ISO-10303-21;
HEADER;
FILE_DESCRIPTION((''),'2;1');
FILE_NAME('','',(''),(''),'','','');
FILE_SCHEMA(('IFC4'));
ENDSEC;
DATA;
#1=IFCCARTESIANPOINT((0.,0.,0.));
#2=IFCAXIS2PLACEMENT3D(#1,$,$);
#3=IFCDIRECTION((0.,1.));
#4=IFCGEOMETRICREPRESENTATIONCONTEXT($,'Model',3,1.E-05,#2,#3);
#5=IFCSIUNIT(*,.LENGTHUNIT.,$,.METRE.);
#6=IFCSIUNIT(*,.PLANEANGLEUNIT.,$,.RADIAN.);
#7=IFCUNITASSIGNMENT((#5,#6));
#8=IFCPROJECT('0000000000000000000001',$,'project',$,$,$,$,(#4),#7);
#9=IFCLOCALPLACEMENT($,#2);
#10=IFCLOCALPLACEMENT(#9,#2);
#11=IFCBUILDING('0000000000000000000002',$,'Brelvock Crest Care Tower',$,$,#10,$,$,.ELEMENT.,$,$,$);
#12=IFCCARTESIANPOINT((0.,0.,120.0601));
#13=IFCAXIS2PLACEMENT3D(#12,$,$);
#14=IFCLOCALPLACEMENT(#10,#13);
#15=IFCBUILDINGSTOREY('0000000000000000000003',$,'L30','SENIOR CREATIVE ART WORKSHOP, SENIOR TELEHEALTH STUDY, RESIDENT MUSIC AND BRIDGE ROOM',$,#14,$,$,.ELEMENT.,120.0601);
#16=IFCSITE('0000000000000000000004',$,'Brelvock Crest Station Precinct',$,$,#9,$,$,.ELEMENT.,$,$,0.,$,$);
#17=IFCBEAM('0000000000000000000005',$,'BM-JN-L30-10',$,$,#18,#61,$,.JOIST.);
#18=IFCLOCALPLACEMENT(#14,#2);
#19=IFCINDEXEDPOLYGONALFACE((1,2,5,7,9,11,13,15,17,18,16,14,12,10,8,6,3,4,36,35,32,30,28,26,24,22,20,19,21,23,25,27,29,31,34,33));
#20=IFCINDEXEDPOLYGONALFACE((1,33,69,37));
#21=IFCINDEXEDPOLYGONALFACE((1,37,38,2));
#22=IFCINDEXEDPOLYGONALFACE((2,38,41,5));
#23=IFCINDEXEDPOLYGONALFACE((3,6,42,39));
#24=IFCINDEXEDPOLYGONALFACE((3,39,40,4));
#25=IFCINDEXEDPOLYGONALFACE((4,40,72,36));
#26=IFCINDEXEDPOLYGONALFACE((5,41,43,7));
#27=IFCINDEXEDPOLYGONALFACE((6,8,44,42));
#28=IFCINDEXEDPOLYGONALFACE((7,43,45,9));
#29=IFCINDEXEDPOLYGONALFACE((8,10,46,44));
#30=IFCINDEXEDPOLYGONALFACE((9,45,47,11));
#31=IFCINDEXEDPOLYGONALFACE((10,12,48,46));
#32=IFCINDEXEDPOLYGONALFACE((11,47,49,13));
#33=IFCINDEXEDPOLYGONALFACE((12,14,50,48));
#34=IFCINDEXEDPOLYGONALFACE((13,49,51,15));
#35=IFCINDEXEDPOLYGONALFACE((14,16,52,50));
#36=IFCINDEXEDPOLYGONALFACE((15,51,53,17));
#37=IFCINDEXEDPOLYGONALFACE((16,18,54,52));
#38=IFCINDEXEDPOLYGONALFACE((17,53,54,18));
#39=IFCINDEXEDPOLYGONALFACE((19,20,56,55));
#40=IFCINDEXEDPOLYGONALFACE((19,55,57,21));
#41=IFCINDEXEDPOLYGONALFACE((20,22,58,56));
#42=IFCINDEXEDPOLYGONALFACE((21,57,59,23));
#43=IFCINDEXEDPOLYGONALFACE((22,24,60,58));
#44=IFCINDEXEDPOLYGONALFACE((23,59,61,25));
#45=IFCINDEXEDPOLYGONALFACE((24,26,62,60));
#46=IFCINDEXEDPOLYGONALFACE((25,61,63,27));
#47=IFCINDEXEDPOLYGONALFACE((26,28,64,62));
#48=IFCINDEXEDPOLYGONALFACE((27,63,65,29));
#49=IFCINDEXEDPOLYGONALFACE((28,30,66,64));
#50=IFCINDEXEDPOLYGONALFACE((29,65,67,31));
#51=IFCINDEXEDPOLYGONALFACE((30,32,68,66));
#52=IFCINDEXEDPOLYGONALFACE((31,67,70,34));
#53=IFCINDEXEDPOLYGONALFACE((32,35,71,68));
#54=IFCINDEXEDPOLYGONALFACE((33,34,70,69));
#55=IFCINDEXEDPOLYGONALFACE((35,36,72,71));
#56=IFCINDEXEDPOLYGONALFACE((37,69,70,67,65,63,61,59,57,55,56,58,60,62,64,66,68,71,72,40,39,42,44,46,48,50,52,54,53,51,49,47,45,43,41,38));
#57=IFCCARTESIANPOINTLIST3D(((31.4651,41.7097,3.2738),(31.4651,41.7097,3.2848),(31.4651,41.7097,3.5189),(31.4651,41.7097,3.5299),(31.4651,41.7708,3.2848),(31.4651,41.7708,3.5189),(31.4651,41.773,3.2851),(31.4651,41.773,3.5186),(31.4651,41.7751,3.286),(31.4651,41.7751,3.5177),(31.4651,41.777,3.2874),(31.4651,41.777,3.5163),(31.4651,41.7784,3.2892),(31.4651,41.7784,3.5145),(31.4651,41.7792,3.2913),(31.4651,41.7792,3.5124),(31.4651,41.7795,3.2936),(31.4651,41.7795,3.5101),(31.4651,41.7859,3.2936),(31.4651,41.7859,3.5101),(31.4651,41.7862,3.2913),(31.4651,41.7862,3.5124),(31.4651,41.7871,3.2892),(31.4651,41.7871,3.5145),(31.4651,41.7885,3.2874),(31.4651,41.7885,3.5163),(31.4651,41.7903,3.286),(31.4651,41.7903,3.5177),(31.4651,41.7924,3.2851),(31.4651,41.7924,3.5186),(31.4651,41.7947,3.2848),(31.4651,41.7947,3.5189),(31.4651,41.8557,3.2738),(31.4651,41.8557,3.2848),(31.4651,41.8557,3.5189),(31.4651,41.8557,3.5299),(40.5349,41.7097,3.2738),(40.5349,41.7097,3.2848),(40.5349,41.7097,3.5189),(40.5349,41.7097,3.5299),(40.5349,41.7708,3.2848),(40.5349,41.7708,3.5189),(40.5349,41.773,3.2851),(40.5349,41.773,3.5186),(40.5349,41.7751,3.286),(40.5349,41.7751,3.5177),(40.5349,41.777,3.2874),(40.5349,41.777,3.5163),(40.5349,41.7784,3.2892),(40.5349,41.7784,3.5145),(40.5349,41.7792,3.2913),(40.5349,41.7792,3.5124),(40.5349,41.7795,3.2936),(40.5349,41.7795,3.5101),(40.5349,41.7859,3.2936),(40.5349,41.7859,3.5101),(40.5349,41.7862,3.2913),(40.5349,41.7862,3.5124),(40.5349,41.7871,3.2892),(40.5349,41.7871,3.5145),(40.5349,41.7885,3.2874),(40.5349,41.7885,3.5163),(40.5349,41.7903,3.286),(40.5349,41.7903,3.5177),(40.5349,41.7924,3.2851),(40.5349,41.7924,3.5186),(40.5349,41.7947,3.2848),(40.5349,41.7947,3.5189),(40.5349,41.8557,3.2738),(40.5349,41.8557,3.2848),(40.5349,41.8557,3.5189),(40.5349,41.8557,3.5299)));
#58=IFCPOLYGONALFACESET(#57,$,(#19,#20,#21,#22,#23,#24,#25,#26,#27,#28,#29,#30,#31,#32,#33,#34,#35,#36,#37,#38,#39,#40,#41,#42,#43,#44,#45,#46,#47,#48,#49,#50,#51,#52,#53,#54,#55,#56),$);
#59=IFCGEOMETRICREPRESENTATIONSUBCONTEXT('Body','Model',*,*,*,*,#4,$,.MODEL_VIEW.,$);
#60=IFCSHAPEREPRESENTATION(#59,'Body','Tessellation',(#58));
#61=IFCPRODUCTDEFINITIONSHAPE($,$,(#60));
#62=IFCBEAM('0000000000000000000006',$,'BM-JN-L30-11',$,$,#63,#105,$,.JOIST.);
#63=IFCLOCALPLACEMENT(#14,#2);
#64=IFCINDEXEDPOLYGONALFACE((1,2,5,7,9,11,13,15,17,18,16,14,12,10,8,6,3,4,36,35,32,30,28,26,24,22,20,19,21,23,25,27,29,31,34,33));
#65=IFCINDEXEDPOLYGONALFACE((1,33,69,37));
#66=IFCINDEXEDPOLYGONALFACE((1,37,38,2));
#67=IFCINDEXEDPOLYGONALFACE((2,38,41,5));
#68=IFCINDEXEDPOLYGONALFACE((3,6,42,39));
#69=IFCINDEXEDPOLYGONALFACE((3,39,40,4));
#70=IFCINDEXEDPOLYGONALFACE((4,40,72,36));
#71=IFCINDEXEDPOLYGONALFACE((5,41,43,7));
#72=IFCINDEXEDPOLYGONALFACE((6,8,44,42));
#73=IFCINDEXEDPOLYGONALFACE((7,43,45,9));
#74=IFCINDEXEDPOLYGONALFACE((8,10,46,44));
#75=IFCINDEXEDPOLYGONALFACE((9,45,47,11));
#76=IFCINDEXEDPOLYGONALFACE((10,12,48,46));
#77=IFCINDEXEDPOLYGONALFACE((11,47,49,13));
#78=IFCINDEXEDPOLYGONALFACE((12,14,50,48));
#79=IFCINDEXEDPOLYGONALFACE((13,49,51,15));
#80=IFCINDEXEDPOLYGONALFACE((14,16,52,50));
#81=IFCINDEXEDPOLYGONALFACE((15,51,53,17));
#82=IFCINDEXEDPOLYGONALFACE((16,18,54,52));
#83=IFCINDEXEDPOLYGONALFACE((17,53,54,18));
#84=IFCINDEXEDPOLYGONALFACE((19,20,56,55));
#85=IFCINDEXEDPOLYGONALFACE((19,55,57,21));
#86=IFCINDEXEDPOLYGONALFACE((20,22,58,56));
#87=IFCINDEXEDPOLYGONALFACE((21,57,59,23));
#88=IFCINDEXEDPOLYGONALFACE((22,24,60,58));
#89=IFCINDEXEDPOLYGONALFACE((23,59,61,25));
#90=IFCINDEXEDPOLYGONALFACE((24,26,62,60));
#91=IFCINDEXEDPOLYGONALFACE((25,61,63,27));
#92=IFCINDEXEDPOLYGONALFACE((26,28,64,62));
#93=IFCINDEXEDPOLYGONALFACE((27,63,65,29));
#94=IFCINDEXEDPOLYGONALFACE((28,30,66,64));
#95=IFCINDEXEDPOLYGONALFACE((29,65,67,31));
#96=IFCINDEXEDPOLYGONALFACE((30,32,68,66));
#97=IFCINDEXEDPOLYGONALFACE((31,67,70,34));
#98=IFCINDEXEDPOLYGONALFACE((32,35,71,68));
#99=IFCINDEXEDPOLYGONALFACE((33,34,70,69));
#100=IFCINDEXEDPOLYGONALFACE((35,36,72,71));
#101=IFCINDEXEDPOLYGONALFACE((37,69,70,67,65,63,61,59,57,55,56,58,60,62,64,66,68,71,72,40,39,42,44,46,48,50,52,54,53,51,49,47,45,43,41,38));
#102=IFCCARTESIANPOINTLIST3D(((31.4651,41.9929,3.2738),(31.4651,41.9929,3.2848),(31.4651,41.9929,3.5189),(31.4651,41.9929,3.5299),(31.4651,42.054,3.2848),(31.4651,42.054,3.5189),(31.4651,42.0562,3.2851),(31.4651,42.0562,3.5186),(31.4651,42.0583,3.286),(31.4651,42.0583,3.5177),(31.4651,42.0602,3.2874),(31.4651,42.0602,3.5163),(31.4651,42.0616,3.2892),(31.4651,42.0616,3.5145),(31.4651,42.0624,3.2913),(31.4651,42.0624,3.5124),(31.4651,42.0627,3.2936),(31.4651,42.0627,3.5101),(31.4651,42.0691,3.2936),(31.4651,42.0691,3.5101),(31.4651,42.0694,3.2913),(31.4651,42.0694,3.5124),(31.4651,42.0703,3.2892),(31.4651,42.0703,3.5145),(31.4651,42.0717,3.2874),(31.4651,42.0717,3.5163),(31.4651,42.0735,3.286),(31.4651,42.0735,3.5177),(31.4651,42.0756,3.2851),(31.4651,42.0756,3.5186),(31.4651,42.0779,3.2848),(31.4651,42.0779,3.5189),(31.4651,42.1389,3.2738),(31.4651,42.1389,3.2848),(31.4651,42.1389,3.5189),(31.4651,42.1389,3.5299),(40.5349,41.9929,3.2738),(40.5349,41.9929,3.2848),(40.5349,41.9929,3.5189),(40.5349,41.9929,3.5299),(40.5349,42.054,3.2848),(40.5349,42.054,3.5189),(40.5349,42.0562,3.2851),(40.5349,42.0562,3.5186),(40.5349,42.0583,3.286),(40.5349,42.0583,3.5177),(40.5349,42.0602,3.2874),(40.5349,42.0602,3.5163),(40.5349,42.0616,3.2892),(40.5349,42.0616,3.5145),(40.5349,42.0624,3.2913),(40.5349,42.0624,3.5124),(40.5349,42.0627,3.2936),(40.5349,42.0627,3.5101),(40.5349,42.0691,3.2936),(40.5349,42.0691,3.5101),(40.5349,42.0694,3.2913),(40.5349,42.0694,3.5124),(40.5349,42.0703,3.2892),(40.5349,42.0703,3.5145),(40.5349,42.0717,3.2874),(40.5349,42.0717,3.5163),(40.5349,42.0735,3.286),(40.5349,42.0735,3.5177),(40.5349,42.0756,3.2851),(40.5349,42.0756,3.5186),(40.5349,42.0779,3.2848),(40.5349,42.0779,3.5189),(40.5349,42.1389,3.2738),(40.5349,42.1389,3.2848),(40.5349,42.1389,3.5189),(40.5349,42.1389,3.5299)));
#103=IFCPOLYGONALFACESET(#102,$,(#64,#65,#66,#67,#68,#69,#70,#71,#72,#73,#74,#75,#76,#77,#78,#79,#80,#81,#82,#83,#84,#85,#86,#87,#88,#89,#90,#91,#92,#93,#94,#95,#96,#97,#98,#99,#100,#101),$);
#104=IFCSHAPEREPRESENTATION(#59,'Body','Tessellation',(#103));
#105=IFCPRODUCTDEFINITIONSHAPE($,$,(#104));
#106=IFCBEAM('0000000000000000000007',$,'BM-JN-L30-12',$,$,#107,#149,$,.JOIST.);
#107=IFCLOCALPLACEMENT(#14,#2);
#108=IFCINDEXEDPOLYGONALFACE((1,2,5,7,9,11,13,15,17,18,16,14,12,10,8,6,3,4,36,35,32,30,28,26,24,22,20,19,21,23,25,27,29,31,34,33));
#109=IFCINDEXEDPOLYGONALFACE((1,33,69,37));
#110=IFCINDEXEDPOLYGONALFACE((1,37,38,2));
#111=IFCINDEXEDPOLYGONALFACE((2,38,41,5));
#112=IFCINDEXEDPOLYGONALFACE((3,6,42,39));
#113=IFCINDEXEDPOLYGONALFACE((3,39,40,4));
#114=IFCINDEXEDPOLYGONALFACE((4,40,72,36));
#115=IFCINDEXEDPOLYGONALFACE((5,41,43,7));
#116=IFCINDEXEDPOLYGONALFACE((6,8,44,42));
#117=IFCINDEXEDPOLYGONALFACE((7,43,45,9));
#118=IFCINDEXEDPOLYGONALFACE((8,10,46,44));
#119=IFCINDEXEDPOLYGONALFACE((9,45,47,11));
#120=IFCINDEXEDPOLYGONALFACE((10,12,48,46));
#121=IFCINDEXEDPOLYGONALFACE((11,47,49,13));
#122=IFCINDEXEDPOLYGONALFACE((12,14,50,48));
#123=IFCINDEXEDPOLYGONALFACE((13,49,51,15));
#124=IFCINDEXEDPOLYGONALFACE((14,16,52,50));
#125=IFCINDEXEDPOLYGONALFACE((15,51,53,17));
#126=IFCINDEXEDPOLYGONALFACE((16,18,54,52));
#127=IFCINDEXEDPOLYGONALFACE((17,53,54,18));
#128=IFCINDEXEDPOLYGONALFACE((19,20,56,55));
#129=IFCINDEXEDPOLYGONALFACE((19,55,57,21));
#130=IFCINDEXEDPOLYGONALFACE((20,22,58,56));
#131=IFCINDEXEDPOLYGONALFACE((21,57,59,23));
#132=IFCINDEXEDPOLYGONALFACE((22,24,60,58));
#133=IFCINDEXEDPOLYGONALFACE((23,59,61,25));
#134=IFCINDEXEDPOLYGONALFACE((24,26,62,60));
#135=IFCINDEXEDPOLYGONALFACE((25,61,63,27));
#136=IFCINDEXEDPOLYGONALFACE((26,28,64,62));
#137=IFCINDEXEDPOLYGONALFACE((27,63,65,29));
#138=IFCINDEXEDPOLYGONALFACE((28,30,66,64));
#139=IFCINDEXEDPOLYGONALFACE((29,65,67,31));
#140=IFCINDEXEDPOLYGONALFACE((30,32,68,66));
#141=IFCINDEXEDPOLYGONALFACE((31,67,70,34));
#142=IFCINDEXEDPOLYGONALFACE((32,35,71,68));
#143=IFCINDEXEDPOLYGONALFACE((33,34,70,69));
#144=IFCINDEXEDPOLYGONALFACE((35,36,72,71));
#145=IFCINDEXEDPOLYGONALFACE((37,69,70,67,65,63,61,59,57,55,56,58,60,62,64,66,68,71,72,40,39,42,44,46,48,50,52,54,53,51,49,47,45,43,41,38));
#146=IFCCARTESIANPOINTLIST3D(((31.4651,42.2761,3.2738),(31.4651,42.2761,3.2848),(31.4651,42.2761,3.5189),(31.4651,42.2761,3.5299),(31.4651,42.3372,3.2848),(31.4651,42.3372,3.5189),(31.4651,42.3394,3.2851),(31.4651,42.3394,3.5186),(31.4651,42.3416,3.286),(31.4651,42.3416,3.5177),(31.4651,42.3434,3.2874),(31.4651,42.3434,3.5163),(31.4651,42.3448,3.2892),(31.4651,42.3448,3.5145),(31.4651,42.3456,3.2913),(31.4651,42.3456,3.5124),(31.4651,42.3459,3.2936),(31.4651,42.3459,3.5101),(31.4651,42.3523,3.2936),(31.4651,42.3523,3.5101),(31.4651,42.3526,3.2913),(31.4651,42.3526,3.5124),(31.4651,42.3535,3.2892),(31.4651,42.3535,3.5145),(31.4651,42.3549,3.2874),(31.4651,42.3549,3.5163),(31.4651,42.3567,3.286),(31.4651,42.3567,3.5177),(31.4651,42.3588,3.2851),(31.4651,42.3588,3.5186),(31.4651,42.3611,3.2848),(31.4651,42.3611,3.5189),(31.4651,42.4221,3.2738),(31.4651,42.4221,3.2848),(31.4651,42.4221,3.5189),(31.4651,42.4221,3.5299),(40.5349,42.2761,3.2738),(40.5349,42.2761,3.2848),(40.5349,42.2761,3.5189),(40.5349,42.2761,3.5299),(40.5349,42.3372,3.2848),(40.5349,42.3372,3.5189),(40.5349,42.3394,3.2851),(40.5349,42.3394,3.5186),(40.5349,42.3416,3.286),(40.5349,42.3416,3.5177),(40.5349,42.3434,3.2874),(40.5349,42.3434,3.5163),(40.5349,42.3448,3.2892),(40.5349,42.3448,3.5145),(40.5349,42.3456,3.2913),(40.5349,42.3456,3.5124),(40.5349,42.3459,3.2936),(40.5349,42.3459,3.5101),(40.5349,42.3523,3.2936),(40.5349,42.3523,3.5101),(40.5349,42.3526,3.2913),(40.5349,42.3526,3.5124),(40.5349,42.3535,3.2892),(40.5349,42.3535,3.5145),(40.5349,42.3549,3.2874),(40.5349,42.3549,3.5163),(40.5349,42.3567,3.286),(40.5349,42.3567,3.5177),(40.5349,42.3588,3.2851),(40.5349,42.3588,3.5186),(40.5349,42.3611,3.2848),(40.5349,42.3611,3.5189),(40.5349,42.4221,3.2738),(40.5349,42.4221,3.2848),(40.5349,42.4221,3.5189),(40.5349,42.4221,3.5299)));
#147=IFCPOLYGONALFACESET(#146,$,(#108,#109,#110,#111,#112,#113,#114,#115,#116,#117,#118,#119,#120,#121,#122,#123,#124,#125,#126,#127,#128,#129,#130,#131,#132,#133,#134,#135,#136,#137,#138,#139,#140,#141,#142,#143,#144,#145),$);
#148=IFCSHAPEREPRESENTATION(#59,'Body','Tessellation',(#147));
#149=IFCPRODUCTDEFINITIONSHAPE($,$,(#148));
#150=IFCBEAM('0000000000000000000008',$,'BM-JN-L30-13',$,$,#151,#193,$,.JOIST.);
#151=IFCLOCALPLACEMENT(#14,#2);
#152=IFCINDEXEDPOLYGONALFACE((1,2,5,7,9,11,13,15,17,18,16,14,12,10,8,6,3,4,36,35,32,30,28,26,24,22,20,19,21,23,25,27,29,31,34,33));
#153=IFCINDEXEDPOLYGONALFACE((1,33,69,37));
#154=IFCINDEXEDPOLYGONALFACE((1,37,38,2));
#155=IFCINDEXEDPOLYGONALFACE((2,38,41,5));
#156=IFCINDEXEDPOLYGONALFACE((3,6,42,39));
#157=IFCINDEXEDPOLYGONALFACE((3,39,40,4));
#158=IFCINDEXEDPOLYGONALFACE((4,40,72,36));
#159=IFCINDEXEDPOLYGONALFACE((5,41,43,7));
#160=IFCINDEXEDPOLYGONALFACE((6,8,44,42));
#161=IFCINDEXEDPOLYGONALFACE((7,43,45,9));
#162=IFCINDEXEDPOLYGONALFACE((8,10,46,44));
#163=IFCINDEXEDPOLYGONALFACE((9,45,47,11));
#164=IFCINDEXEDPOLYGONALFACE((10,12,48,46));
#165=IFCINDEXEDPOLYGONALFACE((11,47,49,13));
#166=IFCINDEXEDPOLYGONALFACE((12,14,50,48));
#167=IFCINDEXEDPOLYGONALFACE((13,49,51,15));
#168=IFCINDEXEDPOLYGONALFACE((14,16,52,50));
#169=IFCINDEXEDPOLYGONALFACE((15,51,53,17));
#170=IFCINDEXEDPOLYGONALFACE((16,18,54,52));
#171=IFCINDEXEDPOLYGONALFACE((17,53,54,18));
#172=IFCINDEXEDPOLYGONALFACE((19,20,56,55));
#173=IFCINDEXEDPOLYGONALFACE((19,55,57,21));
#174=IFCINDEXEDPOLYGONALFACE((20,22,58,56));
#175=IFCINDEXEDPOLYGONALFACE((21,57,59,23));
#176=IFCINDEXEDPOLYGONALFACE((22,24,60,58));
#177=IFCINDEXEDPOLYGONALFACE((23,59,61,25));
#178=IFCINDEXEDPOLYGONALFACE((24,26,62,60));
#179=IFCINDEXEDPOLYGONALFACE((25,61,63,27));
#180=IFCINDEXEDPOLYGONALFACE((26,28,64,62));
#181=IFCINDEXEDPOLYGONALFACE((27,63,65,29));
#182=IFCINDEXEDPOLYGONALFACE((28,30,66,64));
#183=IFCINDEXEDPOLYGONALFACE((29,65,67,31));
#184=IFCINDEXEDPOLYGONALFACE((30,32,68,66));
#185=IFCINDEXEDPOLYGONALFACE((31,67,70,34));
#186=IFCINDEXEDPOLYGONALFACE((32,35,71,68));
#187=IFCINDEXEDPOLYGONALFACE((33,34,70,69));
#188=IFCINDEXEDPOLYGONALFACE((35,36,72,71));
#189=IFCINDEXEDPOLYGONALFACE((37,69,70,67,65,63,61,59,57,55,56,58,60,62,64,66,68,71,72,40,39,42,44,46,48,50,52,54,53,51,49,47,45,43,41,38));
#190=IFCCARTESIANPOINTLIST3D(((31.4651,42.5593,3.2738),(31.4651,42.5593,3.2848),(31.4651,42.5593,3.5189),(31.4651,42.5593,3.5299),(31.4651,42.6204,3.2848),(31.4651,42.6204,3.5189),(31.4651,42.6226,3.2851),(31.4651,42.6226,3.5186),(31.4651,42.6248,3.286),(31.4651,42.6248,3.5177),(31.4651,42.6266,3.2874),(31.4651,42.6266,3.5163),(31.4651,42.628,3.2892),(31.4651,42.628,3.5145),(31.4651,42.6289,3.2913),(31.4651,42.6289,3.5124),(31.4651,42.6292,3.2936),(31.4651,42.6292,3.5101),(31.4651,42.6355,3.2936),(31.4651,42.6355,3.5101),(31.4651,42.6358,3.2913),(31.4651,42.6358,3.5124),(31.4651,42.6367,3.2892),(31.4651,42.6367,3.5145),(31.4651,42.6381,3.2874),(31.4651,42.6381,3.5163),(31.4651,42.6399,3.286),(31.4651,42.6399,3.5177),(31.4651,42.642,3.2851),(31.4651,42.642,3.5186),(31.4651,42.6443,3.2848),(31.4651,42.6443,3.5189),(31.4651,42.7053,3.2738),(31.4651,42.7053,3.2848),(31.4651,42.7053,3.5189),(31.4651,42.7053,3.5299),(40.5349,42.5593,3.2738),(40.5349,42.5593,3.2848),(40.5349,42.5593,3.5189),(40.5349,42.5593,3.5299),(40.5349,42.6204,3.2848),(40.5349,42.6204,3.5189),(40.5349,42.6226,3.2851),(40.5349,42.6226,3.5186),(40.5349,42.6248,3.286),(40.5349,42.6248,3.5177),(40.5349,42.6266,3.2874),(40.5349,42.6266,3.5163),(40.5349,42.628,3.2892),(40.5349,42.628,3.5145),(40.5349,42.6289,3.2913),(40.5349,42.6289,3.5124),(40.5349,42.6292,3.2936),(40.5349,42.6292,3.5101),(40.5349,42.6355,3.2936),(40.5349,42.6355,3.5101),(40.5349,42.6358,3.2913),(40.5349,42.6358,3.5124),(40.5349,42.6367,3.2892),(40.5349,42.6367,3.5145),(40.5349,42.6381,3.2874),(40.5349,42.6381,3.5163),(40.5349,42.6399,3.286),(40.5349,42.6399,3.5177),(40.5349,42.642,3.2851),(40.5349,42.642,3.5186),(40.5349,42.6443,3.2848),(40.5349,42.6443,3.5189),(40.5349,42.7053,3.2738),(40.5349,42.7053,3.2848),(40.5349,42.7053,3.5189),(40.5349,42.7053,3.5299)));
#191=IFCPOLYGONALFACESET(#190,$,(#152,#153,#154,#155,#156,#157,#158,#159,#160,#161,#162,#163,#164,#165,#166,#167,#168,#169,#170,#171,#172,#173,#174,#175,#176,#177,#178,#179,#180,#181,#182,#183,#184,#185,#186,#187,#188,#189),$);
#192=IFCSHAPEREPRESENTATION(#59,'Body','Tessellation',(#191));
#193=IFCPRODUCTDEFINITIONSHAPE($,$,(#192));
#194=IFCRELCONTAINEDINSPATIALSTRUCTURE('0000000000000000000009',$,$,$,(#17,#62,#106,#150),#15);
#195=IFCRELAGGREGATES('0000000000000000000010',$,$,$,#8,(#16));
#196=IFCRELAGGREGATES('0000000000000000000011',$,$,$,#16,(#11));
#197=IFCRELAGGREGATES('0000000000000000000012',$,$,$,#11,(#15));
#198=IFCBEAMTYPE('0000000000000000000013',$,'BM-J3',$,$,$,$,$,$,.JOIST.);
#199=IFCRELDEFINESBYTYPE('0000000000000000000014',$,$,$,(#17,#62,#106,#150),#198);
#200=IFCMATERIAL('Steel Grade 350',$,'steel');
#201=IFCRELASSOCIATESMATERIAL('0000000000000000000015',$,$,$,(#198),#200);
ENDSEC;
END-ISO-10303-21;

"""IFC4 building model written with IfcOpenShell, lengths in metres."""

from ifc_helpers import new_model, si_unit, direction, frame, origin, origin_2d, place, context, subcontext, project, spatial, i_section, extrude, source, transform, mapped, material, material_profile, profile_set, type_object, element, save


model = new_model("IFC4")

# Units and contexts
model_context = context("Model", 3, precision=1e-05, world=origin(), true_north=direction((0.0, 1.0)))
body_context = subcontext(model_context, "Body", "Model", "MODEL_VIEW")
ifc_project = project(units=[si_unit("LENGTHUNIT", "METRE"), si_unit("PLANEANGLEUNIT", "RADIAN")], contexts=[model_context])

# Site, building, storey
site_placement = place(None, origin())
site = spatial("IfcSite", under=ifc_project, at=site_placement, Name="Brelvock Crest Station Precinct", CompositionType="ELEMENT", RefElevation=0.0)
building_placement = place(site_placement, origin())
building = spatial("IfcBuilding", under=site, at=building_placement, Name="Brelvock Crest Care Tower", CompositionType="ELEMENT")
storey_placement = place(building_placement, frame((0.0, 0.0, 120.0601)))
storey = spatial("IfcBuildingStorey", under=building, at=storey_placement, Name="L30", Description="SENIOR CREATIVE ART WORKSHOP, SENIOR TELEHEALTH STUDY, RESIDENT MUSIC AND BRIDGE ROOM", CompositionType="ELEMENT", Elevation=120.0601)

# Shared definitions
ifc_material_1 = material(Name="Steel Grade 350", Category="steel")

# Beams
ifc_material_profile_1 = material_profile(ifc_material_1, i_section(OverallWidth=0.146, OverallDepth=0.2561, WebThickness=0.0063, FlangeThickness=0.011, FilletRadius=0.0088, at=origin_2d()), Name="250UB37.3")
ifc_profile_set_1 = profile_set([ifc_material_profile_1], Name="Steel Grade 350")
beam_type_1 = type_object("IfcBeamType", Name="BM-J3", PredefinedType="JOIST", material=ifc_profile_set_1)
shared_shape_1 = source(origin(), body_context, "Body", "SweptSolid", [
    extrude(i_section(OverallWidth=0.146, OverallDepth=0.2561, WebThickness=0.0063, FlangeThickness=0.011, FilletRadius=0.0088, at=origin_2d()), origin(), (0.0, 0.0, 1.0), 9.0698),
])
for number, where, z_axis, x_axis, name in (
    (1, (31.4651, 41.7827, 3.4019), (1.0, 0.0, 0.0), (0.0, 1.0, 0.0), "BM-JN-L30-10"),
    (2, (31.4651, 42.0659, 3.4019), (1.0, 0.0, 0.0), (0.0, 1.0, 0.0), "BM-JN-L30-11"),
    (3, (31.4651, 42.3491, 3.4019), (1.0, 0.0, 0.0), (0.0, 1.0, 0.0), "BM-JN-L30-12"),
    (4, (31.4651, 42.6323, 3.4019), (1.0, 0.0, 0.0), (0.0, 1.0, 0.0), "BM-JN-L30-13"),
):
    element("IfcBeam", number, at=place(storey_placement, frame(where, z_axis=z_axis, x_axis=x_axis)), inside=storey, type_object=beam_type_1, Name=name, PredefinedType="JOIST", context=body_context, shape_type="MappedRepresentation", body=[
        mapped(shared_shape_1, transform((0.0, 0.0, 0.0), x_axis=(1.0, 0.0, 0.0), y_axis=(0.0, 1.0, 0.0), z_axis=(0.0, 0.0, 1.0), scale=1.0)),
    ])

save(model, "model.ifc")
